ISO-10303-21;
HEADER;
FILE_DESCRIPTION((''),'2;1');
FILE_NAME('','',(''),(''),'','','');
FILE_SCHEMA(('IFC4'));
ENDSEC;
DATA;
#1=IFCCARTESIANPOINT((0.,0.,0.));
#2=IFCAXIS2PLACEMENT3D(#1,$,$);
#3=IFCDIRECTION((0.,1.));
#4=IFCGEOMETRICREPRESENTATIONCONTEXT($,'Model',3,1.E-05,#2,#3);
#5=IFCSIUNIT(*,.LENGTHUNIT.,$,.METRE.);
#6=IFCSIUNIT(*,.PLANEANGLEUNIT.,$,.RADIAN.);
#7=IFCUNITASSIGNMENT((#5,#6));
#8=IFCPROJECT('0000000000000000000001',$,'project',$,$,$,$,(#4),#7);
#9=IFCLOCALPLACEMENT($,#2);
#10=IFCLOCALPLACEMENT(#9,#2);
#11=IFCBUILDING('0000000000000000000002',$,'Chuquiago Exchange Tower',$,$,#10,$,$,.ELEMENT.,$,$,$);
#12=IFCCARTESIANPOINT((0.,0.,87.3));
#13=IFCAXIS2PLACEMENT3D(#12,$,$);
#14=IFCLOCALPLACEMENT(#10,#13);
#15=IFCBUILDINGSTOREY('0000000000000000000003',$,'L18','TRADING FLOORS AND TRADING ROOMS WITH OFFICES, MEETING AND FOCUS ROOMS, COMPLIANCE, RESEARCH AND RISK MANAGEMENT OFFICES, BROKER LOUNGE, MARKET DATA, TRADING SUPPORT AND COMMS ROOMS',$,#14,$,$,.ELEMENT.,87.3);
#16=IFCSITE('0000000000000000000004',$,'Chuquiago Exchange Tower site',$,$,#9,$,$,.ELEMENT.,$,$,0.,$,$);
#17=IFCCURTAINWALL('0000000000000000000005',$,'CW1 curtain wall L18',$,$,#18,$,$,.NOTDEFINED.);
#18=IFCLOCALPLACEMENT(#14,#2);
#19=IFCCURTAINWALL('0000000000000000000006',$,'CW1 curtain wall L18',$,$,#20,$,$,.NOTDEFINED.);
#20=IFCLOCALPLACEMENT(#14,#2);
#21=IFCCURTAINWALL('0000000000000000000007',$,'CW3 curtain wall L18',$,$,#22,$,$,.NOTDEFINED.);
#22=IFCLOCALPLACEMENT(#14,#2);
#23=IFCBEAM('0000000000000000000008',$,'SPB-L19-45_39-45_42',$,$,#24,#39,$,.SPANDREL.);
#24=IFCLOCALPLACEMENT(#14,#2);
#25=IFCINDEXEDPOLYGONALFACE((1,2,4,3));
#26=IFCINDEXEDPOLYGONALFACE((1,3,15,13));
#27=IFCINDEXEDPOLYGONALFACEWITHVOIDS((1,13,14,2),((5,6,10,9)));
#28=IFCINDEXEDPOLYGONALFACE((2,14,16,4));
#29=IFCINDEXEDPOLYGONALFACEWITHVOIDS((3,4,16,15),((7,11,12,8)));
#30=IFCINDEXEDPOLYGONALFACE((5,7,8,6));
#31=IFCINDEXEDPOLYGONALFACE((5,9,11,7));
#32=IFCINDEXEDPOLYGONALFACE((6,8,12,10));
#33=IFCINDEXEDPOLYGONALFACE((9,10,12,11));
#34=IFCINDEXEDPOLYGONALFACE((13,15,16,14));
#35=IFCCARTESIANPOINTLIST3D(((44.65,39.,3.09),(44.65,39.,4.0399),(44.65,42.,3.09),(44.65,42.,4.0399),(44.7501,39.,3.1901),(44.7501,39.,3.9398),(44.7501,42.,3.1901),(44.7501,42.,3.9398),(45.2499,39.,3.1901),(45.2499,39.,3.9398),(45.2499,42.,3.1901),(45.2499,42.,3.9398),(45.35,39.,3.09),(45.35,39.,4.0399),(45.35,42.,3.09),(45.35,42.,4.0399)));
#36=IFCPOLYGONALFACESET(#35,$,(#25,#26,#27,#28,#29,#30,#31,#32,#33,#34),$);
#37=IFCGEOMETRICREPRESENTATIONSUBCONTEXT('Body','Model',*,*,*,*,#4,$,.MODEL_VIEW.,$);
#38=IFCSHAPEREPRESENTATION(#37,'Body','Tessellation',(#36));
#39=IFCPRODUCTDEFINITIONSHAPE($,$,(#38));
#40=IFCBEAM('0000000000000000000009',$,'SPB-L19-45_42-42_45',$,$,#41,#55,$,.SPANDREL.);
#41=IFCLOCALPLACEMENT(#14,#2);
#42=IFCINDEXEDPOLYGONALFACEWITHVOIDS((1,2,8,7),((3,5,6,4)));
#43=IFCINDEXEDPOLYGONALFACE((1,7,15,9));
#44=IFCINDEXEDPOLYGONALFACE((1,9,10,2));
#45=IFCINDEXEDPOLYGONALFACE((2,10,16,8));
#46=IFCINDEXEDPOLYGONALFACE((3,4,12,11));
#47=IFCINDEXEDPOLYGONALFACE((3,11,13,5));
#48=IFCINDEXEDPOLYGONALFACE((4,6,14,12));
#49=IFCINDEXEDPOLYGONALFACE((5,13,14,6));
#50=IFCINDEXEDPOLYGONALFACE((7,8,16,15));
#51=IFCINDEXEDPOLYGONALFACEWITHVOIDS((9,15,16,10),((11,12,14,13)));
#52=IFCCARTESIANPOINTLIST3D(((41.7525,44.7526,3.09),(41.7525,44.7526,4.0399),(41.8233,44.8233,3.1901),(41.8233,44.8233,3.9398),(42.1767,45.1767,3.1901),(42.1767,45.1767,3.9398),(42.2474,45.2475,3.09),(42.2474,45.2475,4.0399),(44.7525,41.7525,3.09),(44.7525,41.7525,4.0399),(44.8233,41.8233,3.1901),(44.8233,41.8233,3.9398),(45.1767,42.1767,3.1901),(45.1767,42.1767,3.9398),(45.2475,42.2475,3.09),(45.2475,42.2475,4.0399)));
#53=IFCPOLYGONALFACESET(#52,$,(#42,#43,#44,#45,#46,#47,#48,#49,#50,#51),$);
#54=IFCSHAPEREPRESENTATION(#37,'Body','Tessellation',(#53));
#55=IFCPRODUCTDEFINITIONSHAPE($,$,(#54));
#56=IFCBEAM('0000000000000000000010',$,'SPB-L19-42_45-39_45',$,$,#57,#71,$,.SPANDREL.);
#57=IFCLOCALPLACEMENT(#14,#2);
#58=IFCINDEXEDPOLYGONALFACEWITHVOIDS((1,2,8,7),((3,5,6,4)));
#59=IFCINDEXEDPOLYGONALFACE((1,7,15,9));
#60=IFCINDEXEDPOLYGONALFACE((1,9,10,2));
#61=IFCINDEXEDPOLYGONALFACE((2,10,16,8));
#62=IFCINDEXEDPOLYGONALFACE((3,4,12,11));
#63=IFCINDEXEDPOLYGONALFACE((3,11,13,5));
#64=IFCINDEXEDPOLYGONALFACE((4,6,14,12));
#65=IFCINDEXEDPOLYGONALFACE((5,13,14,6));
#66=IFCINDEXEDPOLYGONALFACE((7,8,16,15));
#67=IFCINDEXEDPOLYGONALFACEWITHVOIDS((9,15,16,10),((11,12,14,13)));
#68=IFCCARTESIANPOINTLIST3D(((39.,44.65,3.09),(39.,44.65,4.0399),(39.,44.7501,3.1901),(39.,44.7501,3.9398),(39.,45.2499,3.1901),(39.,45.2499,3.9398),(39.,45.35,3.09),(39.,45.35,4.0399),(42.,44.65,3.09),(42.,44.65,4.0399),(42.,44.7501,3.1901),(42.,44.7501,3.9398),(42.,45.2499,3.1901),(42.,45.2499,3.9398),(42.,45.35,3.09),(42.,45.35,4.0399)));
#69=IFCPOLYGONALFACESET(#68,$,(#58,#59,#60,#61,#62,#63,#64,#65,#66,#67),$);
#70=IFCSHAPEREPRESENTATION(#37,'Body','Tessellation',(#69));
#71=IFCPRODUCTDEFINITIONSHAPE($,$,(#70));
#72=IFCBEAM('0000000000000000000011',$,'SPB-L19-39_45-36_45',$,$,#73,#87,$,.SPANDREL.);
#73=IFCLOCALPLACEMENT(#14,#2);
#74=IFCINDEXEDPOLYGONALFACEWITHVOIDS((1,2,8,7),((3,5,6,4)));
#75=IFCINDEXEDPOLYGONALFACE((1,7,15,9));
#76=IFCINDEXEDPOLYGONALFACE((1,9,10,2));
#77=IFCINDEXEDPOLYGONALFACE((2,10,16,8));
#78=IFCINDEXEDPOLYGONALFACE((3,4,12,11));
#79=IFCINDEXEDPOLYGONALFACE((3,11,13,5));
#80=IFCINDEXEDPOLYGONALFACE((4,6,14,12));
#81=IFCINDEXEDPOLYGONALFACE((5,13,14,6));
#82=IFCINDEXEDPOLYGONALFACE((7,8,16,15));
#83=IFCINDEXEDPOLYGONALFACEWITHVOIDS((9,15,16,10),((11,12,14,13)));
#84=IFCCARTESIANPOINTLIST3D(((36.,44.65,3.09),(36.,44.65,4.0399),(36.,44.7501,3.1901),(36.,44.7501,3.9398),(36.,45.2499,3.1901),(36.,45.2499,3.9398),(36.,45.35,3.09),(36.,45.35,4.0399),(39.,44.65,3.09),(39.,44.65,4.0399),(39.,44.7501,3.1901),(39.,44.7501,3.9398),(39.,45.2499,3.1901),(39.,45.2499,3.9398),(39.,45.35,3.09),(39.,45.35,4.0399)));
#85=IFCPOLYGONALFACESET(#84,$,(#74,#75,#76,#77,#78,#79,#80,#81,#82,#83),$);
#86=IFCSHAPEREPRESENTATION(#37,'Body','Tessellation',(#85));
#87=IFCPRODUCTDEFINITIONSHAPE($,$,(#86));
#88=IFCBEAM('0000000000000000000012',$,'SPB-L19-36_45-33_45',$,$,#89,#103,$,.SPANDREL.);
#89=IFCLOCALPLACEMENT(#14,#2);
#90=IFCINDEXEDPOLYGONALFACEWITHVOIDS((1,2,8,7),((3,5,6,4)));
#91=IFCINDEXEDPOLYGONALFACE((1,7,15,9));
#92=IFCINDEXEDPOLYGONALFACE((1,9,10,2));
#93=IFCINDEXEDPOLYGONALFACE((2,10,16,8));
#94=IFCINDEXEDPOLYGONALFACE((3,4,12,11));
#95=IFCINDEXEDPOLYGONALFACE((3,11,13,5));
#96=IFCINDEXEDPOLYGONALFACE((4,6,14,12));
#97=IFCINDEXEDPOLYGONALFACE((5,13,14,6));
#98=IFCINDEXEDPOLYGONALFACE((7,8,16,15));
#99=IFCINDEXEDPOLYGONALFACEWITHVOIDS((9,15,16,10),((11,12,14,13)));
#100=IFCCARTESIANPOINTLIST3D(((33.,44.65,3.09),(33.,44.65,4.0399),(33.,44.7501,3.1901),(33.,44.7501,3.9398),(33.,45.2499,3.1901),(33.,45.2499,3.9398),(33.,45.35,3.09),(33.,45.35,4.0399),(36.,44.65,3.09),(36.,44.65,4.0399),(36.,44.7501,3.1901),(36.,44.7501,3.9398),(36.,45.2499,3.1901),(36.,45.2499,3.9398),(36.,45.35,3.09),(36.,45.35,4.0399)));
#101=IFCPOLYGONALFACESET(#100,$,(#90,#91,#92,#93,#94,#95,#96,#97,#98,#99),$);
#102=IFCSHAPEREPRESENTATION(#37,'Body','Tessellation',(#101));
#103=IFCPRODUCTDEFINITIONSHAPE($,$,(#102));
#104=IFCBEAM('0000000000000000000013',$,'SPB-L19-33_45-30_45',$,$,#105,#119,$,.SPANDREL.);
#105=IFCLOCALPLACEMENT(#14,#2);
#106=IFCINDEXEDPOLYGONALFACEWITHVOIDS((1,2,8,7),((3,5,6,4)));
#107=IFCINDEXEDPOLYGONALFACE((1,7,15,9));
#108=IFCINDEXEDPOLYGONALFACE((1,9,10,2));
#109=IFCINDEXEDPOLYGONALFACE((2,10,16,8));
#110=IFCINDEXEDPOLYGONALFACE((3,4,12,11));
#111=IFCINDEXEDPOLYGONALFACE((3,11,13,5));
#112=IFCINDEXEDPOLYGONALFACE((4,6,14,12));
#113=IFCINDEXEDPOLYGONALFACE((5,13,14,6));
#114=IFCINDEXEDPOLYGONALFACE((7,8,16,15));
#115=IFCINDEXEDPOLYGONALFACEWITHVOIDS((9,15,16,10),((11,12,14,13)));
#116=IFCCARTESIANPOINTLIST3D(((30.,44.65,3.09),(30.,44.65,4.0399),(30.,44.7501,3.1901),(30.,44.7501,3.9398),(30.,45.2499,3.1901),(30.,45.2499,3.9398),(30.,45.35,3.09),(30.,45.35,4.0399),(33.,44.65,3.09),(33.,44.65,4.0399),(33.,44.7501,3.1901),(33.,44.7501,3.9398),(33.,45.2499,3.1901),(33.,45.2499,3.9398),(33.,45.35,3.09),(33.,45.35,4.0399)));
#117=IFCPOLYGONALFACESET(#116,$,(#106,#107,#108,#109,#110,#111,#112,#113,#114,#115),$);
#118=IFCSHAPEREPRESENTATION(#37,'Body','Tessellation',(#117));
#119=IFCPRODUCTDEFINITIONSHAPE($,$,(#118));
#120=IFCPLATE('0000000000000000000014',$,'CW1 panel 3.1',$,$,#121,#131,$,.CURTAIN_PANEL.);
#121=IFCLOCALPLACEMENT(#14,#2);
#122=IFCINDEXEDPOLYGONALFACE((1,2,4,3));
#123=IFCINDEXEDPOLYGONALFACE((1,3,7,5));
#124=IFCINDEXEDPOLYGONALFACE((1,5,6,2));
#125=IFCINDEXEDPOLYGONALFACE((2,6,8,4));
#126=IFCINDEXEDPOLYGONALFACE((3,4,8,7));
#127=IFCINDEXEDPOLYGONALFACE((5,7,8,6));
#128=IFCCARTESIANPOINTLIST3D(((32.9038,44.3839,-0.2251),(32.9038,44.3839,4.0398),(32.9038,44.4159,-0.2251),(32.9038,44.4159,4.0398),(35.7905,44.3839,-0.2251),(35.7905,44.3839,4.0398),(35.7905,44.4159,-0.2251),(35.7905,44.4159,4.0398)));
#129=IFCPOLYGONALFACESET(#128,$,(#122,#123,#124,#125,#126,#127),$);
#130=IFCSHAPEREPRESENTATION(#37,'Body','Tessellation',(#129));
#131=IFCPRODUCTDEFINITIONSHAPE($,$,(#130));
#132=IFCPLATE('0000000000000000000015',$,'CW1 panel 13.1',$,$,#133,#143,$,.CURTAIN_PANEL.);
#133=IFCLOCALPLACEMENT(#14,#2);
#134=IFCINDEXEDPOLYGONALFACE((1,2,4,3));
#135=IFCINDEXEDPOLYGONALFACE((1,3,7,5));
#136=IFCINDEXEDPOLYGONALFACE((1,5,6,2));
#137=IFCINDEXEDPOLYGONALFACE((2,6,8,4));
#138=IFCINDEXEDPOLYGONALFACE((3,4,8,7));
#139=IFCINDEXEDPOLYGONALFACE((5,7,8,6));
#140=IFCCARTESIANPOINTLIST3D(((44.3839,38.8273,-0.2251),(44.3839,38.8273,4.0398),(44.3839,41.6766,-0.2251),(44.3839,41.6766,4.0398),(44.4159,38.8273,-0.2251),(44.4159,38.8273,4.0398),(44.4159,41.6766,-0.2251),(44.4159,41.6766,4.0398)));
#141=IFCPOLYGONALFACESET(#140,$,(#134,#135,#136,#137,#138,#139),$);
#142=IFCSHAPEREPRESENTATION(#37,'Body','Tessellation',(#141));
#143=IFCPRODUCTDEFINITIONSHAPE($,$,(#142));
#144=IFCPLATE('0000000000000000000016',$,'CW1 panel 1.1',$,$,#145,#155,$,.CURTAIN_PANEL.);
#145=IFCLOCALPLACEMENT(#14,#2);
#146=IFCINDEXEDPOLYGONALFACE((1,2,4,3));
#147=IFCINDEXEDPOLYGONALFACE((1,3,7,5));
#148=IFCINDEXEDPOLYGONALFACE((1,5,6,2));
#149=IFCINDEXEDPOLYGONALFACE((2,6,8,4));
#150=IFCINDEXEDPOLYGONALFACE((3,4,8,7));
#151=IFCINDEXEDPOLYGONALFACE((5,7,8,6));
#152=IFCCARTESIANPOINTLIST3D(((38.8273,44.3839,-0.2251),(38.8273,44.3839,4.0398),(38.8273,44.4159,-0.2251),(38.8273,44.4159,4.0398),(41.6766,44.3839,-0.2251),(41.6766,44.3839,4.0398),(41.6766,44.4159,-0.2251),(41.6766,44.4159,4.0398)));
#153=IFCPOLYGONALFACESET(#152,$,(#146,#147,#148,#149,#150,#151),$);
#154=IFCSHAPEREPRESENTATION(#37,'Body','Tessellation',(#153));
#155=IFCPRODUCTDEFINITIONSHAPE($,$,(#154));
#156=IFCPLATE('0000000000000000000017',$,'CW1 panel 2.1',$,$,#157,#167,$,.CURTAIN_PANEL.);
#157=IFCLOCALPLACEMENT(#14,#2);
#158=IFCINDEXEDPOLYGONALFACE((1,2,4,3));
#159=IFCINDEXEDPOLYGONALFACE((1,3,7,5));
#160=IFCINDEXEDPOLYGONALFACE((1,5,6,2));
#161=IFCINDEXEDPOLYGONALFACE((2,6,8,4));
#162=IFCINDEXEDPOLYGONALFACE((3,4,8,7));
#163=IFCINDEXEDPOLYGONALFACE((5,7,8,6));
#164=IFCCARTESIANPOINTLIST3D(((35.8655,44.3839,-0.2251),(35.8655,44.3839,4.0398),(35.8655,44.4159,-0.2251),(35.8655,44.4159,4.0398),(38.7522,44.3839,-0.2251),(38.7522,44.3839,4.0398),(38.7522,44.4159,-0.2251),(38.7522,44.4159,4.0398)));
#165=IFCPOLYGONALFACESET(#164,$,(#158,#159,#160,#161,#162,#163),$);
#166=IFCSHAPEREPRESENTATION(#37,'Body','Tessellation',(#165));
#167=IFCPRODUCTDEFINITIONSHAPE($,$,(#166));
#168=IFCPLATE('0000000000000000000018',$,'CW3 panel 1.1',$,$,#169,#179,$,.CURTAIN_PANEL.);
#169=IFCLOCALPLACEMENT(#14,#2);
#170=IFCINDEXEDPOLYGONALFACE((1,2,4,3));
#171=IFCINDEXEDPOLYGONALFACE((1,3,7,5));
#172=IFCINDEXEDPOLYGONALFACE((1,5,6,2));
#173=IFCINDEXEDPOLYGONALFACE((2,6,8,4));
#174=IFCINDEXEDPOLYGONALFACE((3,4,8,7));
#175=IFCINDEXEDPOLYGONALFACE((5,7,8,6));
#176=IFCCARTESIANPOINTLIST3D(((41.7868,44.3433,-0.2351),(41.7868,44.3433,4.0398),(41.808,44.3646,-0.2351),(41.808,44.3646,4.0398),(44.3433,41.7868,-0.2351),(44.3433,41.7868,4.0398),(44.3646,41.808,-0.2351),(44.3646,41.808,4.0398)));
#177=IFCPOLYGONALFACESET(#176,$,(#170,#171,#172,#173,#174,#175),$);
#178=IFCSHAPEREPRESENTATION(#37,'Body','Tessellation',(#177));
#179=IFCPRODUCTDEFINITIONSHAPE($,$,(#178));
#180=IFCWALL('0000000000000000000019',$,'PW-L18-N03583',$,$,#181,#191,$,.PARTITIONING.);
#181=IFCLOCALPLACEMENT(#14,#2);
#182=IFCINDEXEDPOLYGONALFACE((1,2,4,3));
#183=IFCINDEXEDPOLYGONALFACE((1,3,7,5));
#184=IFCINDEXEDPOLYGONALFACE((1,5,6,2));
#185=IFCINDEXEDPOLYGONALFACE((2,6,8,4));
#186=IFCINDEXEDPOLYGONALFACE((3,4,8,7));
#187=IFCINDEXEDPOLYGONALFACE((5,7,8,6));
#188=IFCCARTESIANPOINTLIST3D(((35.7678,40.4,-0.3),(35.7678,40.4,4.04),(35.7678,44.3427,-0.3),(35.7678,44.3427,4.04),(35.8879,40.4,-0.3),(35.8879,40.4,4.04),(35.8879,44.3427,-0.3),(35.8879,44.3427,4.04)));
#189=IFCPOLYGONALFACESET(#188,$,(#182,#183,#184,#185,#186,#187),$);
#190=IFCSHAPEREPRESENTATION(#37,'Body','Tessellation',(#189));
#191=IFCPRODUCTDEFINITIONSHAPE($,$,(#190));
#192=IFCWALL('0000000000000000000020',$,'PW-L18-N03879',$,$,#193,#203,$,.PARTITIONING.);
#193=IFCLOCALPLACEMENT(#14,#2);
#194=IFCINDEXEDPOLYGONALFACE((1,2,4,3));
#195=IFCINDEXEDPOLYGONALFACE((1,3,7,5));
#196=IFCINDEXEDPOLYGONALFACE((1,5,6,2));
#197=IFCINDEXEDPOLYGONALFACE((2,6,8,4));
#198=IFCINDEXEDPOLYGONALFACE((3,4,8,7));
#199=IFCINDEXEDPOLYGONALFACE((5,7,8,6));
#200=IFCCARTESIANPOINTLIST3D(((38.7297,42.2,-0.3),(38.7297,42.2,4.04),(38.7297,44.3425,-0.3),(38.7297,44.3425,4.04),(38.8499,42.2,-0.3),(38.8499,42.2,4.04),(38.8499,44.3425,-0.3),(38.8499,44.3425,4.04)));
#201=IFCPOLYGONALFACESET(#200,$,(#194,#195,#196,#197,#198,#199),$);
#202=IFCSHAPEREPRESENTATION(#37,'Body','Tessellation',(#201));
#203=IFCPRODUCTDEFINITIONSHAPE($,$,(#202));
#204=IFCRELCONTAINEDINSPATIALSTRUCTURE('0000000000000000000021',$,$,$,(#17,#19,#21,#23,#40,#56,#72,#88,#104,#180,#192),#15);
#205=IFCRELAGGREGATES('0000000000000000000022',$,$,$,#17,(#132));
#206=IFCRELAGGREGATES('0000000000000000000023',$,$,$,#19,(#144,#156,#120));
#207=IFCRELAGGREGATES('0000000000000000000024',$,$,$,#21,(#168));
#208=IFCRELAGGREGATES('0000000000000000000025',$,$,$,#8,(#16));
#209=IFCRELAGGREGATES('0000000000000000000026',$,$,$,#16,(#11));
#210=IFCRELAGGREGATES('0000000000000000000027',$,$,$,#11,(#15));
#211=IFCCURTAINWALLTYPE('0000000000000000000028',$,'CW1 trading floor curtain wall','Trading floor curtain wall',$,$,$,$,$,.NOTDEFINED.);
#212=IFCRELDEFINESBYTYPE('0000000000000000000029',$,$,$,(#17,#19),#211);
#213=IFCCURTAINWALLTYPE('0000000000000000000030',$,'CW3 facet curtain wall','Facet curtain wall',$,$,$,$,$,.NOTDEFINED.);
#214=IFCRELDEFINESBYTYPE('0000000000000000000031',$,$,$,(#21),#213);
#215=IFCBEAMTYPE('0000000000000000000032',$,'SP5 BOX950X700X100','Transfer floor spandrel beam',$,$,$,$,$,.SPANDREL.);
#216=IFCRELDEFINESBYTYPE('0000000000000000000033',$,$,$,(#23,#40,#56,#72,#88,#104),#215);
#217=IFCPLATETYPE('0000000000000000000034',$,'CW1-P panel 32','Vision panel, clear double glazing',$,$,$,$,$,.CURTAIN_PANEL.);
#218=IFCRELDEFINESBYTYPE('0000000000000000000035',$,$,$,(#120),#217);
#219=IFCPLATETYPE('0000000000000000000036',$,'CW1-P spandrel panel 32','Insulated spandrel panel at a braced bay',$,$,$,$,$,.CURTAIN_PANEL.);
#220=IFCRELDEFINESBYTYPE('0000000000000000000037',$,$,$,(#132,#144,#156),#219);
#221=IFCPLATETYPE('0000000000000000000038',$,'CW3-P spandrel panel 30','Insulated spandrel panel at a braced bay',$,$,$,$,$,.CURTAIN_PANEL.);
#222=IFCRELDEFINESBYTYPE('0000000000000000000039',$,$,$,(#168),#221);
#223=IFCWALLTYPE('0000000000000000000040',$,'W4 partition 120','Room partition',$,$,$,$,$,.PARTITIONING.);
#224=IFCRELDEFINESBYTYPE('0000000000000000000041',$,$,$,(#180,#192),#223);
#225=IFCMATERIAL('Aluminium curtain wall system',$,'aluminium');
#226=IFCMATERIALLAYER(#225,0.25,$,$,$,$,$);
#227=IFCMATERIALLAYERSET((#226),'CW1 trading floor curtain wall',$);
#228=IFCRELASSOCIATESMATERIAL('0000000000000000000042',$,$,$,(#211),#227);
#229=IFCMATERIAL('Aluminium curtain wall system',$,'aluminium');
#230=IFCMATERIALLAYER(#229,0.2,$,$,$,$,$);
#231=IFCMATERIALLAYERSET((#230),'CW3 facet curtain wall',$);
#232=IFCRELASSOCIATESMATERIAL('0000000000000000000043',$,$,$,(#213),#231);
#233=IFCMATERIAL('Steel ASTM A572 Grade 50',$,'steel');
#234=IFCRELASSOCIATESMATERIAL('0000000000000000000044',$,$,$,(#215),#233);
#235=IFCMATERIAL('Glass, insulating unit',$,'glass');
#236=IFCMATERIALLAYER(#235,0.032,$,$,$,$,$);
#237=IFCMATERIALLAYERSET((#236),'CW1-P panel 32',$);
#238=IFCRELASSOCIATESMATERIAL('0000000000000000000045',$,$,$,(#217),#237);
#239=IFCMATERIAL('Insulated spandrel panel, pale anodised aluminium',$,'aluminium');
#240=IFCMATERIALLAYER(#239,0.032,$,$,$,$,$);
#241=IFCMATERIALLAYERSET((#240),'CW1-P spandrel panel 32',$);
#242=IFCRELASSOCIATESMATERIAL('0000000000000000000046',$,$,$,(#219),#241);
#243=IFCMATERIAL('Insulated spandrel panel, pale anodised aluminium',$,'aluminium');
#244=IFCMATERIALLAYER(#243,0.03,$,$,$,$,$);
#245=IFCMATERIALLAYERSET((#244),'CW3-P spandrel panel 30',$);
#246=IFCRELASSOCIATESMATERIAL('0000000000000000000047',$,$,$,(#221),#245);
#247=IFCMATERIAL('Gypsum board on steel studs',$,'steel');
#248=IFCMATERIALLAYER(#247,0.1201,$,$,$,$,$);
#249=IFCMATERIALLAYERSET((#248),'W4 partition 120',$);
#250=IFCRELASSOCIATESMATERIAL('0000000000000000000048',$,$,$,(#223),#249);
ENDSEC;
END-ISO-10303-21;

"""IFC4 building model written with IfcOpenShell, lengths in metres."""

from ifc_helpers import new_model, si_unit, direction, frame, frame_2d, origin, origin_2d, place, context, subcontext, project, spatial, rectangle, hollow_rectangle, extrude, material, layer, layer_set, material_profile, profile_set, type_object, element, aggregate, save


model = new_model("IFC4")

# Units and contexts
model_context = context("Model", 3, precision=1e-05, world=origin(), true_north=direction((0.0, 1.0)))
body_context = subcontext(model_context, "Body", "Model", "MODEL_VIEW")
ifc_project = project(units=[si_unit("LENGTHUNIT", "METRE"), si_unit("PLANEANGLEUNIT", "RADIAN")], contexts=[model_context])

# Site, building, storey
site_placement = place(None, origin())
site = spatial("IfcSite", under=ifc_project, at=site_placement, Name="Chuquiago Exchange Tower site", CompositionType="ELEMENT", RefElevation=0.0)
building_placement = place(site_placement, origin())
building = spatial("IfcBuilding", under=site, at=building_placement, Name="Chuquiago Exchange Tower", CompositionType="ELEMENT")
storey_placement = place(building_placement, frame((0.0, 0.0, 87.3)))
storey = spatial("IfcBuildingStorey", under=building, at=storey_placement, Name="L18", Description="TRADING FLOORS AND TRADING ROOMS WITH OFFICES, MEETING AND FOCUS ROOMS, COMPLIANCE, RESEARCH AND RISK MANAGEMENT OFFICES, BROKER LOUNGE, MARKET DATA, TRADING SUPPORT AND COMMS ROOMS", CompositionType="ELEMENT", Elevation=87.3)

# Curtain walls
ifc_material_1 = material(Name="Aluminium curtain wall system", Category="aluminium")
ifc_layer_1 = layer(ifc_material_1, 0.25)
ifc_layer_set_1 = layer_set([ifc_layer_1], Name="CW1 trading floor curtain wall")
curtain_wall_type_1 = type_object("IfcCurtainWallType", Name="CW1 trading floor curtain wall", Description="Trading floor curtain wall", PredefinedType="NOTDEFINED", material=ifc_layer_set_1)
curtain_wall_1_placement = place(storey_placement, origin())
curtain_wall_1 = element("IfcCurtainWall", 1, at=curtain_wall_1_placement, inside=storey, type_object=curtain_wall_type_1, Name="CW1 curtain wall L18", PredefinedType="NOTDEFINED")
curtain_wall_2_placement = place(storey_placement, origin())
curtain_wall_2 = element("IfcCurtainWall", 2, at=curtain_wall_2_placement, inside=storey, type_object=curtain_wall_type_1, Name="CW1 curtain wall L18", PredefinedType="NOTDEFINED")

# Curtain wall
ifc_material_2 = material(Name="Aluminium curtain wall system", Category="aluminium")
ifc_layer_2 = layer(ifc_material_2, 0.2)
ifc_layer_set_2 = layer_set([ifc_layer_2], Name="CW3 facet curtain wall")
curtain_wall_type_2 = type_object("IfcCurtainWallType", Name="CW3 facet curtain wall", Description="Facet curtain wall", PredefinedType="NOTDEFINED", material=ifc_layer_set_2)
curtain_wall_3_placement = place(storey_placement, origin())
curtain_wall_3 = element("IfcCurtainWall", 3, at=curtain_wall_3_placement, inside=storey, type_object=curtain_wall_type_2, Name="CW3 curtain wall L18", PredefinedType="NOTDEFINED")

# Beams
ifc_material_3 = material(Name="Steel ASTM A572 Grade 50", Category="steel")
ifc_material_profile_1 = material_profile(ifc_material_3, hollow_rectangle(XDim=0.7, YDim=0.95, WallThickness=0.1001, at=origin_2d()), Name="BOX950X700X100")
ifc_profile_set_1 = profile_set([ifc_material_profile_1], Name="Steel ASTM A572 Grade 50")
beam_type_1 = type_object("IfcBeamType", Name="SP5 BOX950X700X100", Description="Transfer floor spandrel beam", PredefinedType="SPANDREL", material=ifc_profile_set_1)
beam_1_placement = place(storey_placement, frame((45.0, 39.0, 3.5649), z_axis=(0.0, 1.0, 0.0), x_axis=(-1.0, 0.0, 0.0)))
element("IfcBeam", 4, at=beam_1_placement, inside=storey, type_object=beam_type_1, Name="SPB-L19-45_39-45_42", PredefinedType="SPANDREL", context=body_context, shape_type="SweptSolid", body=[
    extrude(hollow_rectangle(XDim=0.7, YDim=0.95, WallThickness=0.1001, at=origin_2d()), origin(), (0.0, 0.0, 1.0), 3.0),
])
beam_2_placement = place(storey_placement, frame((45.0, 42.0, 3.5649), z_axis=(-0.707107, 0.707107, 0.0), x_axis=(-0.707107, -0.707107, 0.0)))
element("IfcBeam", 5, at=beam_2_placement, inside=storey, type_object=beam_type_1, Name="SPB-L19-45_42-42_45", PredefinedType="SPANDREL", context=body_context, shape_type="SweptSolid", body=[
    extrude(hollow_rectangle(XDim=0.7, YDim=0.95, WallThickness=0.1001, at=origin_2d()), origin(), (0.0, 0.0, 1.0), 4.2427),
])
for number, where, z_axis, x_axis, name in (
    (6, (42.0, 45.0, 3.5649), (-1.0, 0.0, 0.0), (0.0, -1.0, 0.0), "SPB-L19-42_45-39_45"),
    (7, (39.0, 45.0, 3.5649), (-1.0, 0.0, 0.0), (0.0, -1.0, 0.0), "SPB-L19-39_45-36_45"),
    (8, (36.0, 45.0, 3.5649), (-1.0, 0.0, 0.0), (0.0, -1.0, 0.0), "SPB-L19-36_45-33_45"),
    (9, (33.0, 45.0, 3.5649), (-1.0, 0.0, 0.0), (0.0, -1.0, 0.0), "SPB-L19-33_45-30_45"),
):
    element("IfcBeam", number, at=place(storey_placement, frame(where, z_axis=z_axis, x_axis=x_axis)), inside=storey, type_object=beam_type_1, Name=name, PredefinedType="SPANDREL", context=body_context, shape_type="SweptSolid", body=[
        extrude(hollow_rectangle(XDim=0.7, YDim=0.95, WallThickness=0.1001, at=origin_2d()), origin(), (0.0, 0.0, 1.0), 3.0),
    ])

# Plates
ifc_material_4 = material(Name="Glass, insulating unit", Category="glass")
ifc_layer_3 = layer(ifc_material_4, 0.032)
ifc_layer_set_3 = layer_set([ifc_layer_3], Name="CW1-P panel 32")
plate_type_1 = type_object("IfcPlateType", Name="CW1-P panel 32", Description="Vision panel, clear double glazing", PredefinedType="CURTAIN_PANEL", material=ifc_layer_set_3)
plate_1_placement = place(storey_placement, frame((34.3472, 44.3999, -0.2251), z_axis=(0.0, 0.0, 1.0), x_axis=(-1.0, 0.0, 0.0)))
plate_1 = element("IfcPlate", 10, at=plate_1_placement, type_object=plate_type_1, Name="CW1 panel 3.1", PredefinedType="CURTAIN_PANEL", context=body_context, shape_type="SweptSolid", body=[
    extrude(rectangle(XDim=2.8867, YDim=0.032, at=origin_2d()), origin(), (0.0, 0.0, 1.0), 4.2649),
])
ifc_material_5 = material(Name="Insulated spandrel panel, pale anodised aluminium", Category="aluminium")
ifc_layer_4 = layer(ifc_material_5, 0.032)
ifc_layer_set_4 = layer_set([ifc_layer_4], Name="CW1-P spandrel panel 32")
plate_type_2 = type_object("IfcPlateType", Name="CW1-P spandrel panel 32", Description="Insulated spandrel panel at a braced bay", PredefinedType="CURTAIN_PANEL", material=ifc_layer_set_4)
plate_2_placement = place(storey_placement, frame((44.3999, 40.252, -0.2251), z_axis=(0.0, 0.0, 1.0), x_axis=(0.0, 1.0, 0.0)))
plate_2 = element("IfcPlate", 11, at=plate_2_placement, type_object=plate_type_2, Name="CW1 panel 13.1", PredefinedType="CURTAIN_PANEL", context=body_context, shape_type="SweptSolid", body=[
    extrude(rectangle(XDim=2.8494, YDim=0.032, at=origin_2d()), origin(), (0.0, 0.0, 1.0), 4.2649),
])
aggregate(curtain_wall_1, [plate_2])
plate_3_placement = place(storey_placement, frame((40.252, 44.3999, -0.2251), z_axis=(0.0, 0.0, 1.0), x_axis=(-1.0, 0.0, 0.0)))
plate_3 = element("IfcPlate", 12, at=plate_3_placement, type_object=plate_type_2, Name="CW1 panel 1.1", PredefinedType="CURTAIN_PANEL", context=body_context, shape_type="SweptSolid", body=[
    extrude(rectangle(XDim=2.8494, YDim=0.032, at=origin_2d()), origin(), (0.0, 0.0, 1.0), 4.2649),
])
plate_4_placement = place(storey_placement, frame((37.3088, 44.3999, -0.2251), z_axis=(0.0, 0.0, 1.0), x_axis=(-1.0, 0.0, 0.0)))
plate_4 = element("IfcPlate", 13, at=plate_4_placement, type_object=plate_type_2, Name="CW1 panel 2.1", PredefinedType="CURTAIN_PANEL", context=body_context, shape_type="SweptSolid", body=[
    extrude(rectangle(XDim=2.8867, YDim=0.032, at=origin_2d()), origin(), (0.0, 0.0, 1.0), 4.2649),
])
aggregate(curtain_wall_2, [plate_3, plate_4, plate_1])
ifc_material_6 = material(Name="Insulated spandrel panel, pale anodised aluminium", Category="aluminium")
ifc_layer_5 = layer(ifc_material_6, 0.03)
ifc_layer_set_5 = layer_set([ifc_layer_5], Name="CW3-P spandrel panel 30")
plate_type_3 = type_object("IfcPlateType", Name="CW3-P spandrel panel 30", Description="Insulated spandrel panel at a braced bay", PredefinedType="CURTAIN_PANEL", material=ifc_layer_set_5)
plate_5_placement = place(storey_placement, frame((43.0757, 43.0757, -0.2351), z_axis=(0.0, 0.0, 1.0), x_axis=(-0.707107, 0.707107, 0.0)))
plate_5 = element("IfcPlate", 14, at=plate_5_placement, type_object=plate_type_3, Name="CW3 panel 1.1", PredefinedType="CURTAIN_PANEL", context=body_context, shape_type="SweptSolid", body=[
    extrude(rectangle(XDim=3.6155, YDim=0.03, at=origin_2d()), origin(), (0.0, 0.0, 1.0), 4.2749),
])
aggregate(curtain_wall_3, [plate_5])

# Walls
ifc_material_7 = material(Name="Gypsum board on steel studs", Category="steel")
ifc_layer_6 = layer(ifc_material_7, 0.1201)
ifc_layer_set_6 = layer_set([ifc_layer_6], Name="W4 partition 120")
wall_type = type_object("IfcWallType", Name="W4 partition 120", Description="Room partition", PredefinedType="PARTITIONING", material=ifc_layer_set_6)
wall_1_placement = place(storey_placement, frame((35.8279, 44.3425, -0.3), z_axis=(0.0, 0.0, 1.0), x_axis=(0.0, -1.0, 0.0)))
element("IfcWall", 15, at=wall_1_placement, inside=storey, type_object=wall_type, Name="PW-L18-N03583", PredefinedType="PARTITIONING", context=body_context, shape_type="SweptSolid", body=[
    extrude(rectangle(XDim=3.9426, YDim=0.1201, at=frame_2d((1.9712, 0.0))), origin(), (0.0, 0.0, 1.0), 4.3401),
])
wall_2_placement = place(storey_placement, frame((38.7898, 44.3425, -0.3), z_axis=(0.0, 0.0, 1.0), x_axis=(0.0, -1.0, 0.0)))
element("IfcWall", 16, at=wall_2_placement, inside=storey, type_object=wall_type, Name="PW-L18-N03879", PredefinedType="PARTITIONING", context=body_context, shape_type="SweptSolid", body=[
    extrude(rectangle(XDim=2.1426, YDim=0.1201, at=frame_2d((1.0713, 0.0))), origin(), (0.0, 0.0, 1.0), 4.3401),
])

save(model, "model.ifc")
